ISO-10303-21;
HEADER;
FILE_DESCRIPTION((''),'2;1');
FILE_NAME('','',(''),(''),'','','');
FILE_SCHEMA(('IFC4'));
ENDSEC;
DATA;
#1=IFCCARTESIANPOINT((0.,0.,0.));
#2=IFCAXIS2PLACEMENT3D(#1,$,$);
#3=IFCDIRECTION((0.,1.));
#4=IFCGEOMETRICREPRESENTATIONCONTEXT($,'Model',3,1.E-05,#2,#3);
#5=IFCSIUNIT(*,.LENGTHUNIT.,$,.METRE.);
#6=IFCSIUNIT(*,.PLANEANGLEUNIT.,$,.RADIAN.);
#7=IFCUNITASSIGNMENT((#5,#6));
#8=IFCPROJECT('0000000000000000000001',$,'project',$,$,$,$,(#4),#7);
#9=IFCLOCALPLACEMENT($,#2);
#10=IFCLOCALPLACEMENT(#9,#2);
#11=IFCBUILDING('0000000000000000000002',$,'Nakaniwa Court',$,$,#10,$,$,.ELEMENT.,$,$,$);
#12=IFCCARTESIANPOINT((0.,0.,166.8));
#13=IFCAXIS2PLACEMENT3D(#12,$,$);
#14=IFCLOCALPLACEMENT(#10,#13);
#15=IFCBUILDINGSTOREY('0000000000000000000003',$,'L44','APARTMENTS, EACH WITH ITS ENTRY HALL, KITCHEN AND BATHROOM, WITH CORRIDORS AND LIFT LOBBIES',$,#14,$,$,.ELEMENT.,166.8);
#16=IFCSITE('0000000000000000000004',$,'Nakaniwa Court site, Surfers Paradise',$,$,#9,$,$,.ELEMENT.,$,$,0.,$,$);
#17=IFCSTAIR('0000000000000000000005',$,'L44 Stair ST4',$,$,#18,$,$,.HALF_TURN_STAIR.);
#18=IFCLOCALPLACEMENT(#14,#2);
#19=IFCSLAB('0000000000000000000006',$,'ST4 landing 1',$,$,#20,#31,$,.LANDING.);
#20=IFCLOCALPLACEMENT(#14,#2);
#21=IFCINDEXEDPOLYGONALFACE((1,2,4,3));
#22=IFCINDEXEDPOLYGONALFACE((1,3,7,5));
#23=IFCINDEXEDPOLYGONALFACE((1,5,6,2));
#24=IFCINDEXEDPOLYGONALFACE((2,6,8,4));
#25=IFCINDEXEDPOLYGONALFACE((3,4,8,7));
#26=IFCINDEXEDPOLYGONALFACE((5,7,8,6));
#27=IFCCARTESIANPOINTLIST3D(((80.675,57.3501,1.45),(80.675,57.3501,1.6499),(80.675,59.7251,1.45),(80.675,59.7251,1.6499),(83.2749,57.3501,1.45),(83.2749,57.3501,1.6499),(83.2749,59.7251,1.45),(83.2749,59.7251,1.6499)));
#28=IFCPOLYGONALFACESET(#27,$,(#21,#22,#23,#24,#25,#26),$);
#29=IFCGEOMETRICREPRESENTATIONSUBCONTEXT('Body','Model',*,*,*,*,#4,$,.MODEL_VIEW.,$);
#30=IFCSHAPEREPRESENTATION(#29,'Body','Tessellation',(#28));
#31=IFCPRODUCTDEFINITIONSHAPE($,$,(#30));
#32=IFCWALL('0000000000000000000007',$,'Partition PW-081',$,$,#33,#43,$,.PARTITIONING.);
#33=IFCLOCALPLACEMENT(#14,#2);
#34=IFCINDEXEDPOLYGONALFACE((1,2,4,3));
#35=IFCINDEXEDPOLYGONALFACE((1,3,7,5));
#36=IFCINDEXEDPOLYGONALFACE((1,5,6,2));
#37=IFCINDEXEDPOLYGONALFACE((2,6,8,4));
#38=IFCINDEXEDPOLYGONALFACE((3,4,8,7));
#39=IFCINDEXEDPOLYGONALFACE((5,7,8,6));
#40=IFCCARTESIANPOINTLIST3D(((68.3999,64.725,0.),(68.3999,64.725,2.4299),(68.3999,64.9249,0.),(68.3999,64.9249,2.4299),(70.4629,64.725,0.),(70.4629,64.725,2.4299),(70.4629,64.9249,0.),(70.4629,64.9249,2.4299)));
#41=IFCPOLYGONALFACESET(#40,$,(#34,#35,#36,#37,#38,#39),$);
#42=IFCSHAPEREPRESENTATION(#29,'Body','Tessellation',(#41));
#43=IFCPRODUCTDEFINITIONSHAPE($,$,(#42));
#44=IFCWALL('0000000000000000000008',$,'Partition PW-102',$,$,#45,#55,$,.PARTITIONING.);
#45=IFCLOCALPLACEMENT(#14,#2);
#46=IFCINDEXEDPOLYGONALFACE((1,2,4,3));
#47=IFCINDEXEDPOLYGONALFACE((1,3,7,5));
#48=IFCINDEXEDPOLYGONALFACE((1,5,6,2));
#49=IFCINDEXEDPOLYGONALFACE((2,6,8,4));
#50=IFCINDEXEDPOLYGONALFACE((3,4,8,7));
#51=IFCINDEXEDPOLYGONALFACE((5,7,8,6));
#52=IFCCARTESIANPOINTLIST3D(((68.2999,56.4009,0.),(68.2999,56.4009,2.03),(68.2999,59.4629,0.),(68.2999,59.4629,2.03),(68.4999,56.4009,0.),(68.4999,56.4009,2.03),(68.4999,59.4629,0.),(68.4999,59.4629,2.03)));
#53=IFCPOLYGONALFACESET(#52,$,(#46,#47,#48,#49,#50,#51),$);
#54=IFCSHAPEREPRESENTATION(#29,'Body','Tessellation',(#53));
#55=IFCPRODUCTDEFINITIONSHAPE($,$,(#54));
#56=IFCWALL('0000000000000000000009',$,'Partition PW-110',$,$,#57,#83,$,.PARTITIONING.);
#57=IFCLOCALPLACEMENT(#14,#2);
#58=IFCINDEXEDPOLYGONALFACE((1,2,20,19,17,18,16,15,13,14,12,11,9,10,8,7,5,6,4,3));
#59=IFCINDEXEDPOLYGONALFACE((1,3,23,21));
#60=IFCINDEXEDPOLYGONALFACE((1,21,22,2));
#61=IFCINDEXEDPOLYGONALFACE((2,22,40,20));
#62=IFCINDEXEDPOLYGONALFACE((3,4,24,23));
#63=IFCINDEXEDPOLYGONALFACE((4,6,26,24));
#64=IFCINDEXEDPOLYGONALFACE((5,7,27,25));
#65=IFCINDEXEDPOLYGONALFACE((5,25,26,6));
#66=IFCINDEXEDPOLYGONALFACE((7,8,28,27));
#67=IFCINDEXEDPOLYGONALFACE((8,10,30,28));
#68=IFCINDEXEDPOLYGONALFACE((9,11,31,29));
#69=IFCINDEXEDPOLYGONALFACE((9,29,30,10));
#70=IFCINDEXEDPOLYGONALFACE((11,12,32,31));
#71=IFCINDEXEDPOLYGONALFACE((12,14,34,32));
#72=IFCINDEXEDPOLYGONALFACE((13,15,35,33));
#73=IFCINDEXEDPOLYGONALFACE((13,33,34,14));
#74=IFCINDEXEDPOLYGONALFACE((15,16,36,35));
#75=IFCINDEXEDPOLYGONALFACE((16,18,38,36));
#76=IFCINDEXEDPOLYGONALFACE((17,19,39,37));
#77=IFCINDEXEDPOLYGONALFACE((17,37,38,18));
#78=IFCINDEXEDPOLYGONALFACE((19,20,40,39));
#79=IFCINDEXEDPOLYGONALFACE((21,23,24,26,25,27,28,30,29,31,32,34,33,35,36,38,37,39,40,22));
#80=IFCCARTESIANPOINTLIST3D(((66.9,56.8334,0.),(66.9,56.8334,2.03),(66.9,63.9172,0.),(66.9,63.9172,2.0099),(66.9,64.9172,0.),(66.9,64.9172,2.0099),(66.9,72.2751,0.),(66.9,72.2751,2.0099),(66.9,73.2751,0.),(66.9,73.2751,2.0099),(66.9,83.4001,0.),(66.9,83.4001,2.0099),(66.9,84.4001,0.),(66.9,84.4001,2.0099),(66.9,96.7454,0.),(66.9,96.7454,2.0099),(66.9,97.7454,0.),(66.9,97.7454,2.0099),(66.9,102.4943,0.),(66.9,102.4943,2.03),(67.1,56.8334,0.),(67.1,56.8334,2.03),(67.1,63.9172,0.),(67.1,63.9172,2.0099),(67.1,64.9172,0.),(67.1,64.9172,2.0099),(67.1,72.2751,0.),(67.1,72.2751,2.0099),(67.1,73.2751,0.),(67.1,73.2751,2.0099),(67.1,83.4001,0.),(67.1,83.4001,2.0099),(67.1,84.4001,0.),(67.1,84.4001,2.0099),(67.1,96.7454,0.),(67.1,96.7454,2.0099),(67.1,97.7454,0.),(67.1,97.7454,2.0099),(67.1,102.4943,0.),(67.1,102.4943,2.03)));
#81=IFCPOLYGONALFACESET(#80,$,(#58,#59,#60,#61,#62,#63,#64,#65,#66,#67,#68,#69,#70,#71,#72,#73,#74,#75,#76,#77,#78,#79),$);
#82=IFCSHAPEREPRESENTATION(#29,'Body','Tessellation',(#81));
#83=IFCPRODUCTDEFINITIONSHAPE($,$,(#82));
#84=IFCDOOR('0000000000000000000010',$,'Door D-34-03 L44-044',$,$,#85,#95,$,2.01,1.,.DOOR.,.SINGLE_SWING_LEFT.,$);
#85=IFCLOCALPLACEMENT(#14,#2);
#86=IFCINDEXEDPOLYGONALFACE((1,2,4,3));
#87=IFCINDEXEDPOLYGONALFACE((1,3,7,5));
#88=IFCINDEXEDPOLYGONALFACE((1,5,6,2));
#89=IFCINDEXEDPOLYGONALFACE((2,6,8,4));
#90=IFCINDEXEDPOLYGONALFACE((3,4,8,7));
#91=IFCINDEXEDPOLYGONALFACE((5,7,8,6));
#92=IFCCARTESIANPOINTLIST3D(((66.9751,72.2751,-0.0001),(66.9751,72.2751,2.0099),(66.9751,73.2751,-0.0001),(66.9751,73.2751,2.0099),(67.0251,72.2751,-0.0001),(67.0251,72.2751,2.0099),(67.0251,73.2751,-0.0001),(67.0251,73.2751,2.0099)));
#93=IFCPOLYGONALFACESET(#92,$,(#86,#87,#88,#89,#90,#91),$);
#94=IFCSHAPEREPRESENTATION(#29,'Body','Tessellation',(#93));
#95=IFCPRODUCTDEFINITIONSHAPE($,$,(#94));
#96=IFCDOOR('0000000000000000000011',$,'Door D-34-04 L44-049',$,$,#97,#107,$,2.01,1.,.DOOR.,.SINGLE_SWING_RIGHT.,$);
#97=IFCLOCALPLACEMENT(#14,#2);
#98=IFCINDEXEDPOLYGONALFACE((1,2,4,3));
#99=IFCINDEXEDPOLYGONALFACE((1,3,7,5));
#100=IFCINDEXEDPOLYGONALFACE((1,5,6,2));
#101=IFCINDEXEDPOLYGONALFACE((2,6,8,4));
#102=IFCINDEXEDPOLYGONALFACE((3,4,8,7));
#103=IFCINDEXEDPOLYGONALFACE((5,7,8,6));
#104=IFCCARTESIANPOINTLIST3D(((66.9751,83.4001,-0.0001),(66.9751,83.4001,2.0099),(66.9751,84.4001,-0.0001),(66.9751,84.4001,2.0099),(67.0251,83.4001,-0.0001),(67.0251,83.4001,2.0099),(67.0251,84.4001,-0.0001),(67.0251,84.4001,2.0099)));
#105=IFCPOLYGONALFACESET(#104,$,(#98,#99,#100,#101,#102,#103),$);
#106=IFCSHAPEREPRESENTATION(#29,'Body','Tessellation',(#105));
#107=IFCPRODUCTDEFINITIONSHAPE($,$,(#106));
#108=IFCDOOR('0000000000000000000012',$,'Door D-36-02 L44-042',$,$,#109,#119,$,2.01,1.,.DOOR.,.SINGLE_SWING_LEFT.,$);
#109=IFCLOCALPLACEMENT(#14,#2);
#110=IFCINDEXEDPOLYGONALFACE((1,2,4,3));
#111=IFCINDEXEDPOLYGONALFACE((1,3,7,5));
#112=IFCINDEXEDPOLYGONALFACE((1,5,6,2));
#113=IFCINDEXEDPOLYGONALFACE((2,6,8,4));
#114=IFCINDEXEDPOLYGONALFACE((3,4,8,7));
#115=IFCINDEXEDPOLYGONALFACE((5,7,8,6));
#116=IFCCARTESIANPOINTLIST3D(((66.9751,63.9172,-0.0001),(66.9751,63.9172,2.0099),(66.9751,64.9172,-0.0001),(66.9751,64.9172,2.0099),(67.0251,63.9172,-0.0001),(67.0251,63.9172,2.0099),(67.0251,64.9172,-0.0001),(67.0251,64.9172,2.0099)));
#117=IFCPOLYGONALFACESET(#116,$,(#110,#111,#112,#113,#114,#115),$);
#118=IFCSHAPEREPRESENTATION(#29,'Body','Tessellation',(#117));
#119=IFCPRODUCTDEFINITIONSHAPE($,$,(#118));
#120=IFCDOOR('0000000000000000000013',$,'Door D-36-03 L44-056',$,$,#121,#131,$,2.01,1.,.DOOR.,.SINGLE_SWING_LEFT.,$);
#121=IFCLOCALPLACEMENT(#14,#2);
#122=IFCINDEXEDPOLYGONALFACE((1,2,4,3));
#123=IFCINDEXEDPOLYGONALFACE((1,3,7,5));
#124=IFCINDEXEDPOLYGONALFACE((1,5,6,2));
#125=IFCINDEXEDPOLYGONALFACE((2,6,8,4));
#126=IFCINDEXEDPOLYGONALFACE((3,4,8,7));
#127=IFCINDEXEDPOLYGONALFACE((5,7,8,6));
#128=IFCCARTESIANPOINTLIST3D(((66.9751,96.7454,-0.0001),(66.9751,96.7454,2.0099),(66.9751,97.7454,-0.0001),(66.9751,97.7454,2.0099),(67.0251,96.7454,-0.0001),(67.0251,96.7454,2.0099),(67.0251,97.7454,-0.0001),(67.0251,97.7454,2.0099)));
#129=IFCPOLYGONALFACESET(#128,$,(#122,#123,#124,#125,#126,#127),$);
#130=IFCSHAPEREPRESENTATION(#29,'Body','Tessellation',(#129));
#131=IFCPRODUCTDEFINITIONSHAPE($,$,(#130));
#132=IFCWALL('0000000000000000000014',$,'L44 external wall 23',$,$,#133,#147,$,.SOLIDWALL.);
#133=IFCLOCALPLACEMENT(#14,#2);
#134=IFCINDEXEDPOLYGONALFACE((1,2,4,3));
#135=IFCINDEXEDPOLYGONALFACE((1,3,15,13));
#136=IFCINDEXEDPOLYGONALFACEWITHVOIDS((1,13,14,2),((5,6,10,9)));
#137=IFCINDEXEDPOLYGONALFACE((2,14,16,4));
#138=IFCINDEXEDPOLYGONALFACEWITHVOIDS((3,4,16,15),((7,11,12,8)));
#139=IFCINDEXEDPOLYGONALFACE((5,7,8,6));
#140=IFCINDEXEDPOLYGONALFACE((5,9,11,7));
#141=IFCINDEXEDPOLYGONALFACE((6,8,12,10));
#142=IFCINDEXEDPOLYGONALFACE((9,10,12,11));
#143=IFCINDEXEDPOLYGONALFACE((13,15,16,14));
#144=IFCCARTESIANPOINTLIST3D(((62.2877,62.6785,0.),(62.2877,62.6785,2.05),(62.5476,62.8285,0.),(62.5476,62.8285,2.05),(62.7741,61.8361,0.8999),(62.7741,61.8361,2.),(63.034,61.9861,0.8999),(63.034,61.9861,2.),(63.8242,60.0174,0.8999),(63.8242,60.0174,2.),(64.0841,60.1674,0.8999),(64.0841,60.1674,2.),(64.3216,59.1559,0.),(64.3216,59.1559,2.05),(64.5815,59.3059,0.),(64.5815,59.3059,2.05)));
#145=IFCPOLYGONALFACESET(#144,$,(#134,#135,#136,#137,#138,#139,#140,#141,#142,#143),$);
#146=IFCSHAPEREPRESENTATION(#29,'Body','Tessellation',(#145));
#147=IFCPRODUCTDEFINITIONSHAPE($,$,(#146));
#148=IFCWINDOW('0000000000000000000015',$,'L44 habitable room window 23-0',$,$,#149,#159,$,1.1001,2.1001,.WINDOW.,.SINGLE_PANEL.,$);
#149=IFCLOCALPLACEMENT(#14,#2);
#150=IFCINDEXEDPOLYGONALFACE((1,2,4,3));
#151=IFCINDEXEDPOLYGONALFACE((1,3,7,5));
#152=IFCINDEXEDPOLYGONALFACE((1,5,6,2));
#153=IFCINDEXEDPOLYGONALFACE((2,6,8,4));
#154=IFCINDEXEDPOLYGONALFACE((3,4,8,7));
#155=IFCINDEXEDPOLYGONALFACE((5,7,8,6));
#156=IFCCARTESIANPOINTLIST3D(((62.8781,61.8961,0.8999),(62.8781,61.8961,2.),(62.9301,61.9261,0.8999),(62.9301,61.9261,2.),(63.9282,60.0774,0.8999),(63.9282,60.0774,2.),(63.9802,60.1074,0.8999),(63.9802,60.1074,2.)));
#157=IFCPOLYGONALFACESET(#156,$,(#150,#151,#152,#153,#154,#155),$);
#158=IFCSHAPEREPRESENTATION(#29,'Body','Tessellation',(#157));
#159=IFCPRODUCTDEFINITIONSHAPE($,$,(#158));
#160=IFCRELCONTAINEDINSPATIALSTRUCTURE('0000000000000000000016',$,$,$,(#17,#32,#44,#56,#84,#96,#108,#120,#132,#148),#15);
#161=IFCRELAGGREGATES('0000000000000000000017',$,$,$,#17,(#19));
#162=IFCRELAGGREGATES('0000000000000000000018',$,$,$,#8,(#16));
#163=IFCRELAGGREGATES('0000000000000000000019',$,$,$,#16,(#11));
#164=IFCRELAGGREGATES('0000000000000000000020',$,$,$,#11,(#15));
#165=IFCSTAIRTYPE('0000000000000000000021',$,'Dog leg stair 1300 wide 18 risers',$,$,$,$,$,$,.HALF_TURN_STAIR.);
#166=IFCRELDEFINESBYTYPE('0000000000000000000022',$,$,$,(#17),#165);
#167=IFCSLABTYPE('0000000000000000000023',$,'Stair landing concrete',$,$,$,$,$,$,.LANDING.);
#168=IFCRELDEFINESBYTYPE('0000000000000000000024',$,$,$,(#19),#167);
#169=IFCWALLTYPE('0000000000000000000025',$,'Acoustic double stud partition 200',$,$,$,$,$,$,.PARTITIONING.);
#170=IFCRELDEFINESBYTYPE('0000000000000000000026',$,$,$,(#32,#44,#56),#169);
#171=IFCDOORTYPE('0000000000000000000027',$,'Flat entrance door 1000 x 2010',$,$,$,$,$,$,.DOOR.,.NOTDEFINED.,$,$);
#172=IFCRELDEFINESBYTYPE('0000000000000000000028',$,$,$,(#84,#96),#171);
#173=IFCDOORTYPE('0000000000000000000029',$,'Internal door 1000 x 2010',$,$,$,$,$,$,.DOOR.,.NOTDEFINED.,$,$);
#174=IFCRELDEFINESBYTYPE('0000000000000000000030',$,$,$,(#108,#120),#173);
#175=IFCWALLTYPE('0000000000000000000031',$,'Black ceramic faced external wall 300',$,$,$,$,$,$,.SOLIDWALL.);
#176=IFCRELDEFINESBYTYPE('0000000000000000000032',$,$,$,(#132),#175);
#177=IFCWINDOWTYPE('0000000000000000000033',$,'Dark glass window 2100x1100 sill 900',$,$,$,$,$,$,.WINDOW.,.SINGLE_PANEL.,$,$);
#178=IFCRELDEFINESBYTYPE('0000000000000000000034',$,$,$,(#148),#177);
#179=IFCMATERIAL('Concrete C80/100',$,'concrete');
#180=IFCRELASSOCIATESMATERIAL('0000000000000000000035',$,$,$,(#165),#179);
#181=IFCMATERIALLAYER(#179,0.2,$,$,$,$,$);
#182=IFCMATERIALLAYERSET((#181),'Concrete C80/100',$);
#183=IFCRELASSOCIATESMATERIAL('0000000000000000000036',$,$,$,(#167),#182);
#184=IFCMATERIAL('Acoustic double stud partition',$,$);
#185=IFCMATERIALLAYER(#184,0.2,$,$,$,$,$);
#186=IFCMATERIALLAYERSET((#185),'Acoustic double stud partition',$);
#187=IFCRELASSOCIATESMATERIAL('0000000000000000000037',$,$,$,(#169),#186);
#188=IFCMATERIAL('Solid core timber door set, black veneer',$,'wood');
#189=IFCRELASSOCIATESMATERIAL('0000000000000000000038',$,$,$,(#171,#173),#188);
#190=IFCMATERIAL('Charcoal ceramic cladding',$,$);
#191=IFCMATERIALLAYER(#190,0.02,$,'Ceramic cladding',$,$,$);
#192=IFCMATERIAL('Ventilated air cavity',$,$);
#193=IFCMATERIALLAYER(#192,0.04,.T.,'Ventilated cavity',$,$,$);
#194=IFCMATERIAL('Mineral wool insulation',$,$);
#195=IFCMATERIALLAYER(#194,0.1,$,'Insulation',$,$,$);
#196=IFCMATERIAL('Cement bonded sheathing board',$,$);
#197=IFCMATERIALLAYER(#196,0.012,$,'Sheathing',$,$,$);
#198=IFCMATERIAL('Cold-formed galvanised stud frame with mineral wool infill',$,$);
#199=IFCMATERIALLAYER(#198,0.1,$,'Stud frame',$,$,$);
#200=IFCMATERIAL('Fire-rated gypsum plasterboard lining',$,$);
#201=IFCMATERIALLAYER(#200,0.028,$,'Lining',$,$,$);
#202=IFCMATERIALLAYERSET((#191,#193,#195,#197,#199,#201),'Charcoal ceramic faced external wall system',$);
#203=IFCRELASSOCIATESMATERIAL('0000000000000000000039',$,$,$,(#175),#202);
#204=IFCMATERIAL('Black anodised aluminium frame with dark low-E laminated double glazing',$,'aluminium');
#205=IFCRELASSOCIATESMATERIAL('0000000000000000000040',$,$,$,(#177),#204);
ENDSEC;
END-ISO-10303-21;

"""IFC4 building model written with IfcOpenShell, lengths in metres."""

from ifc_helpers import new_model, si_unit, direction, frame, frame_2d, origin, place, context, subcontext, project, spatial, polyline, rectangle, outline, extrude, material, layer, layer_set, type_object, element, fill, aggregate, save


model = new_model("IFC4")

# Units and contexts
model_context = context("Model", 3, precision=1e-05, world=origin(), true_north=direction((0.0, 1.0)))
body_context = subcontext(model_context, "Body", "Model", "MODEL_VIEW")
ifc_project = project(units=[si_unit("LENGTHUNIT", "METRE"), si_unit("PLANEANGLEUNIT", "RADIAN")], contexts=[model_context])

# Site, building, storey
site_placement = place(None, origin())
site = spatial("IfcSite", under=ifc_project, at=site_placement, Name="Nakaniwa Court site, Surfers Paradise", CompositionType="ELEMENT", RefElevation=0.0)
building_placement = place(site_placement, origin())
building = spatial("IfcBuilding", under=site, at=building_placement, Name="Nakaniwa Court", CompositionType="ELEMENT")
storey_placement = place(building_placement, frame((0.0, 0.0, 166.8)))
storey = spatial("IfcBuildingStorey", under=building, at=storey_placement, Name="L44", Description="APARTMENTS, EACH WITH ITS ENTRY HALL, KITCHEN AND BATHROOM, WITH CORRIDORS AND LIFT LOBBIES", CompositionType="ELEMENT", Elevation=166.8)

# Shared definitions
ifc_material_1 = material(Name="Concrete C80/100", Category="concrete")

# Stair, slab
stair_type = type_object("IfcStairType", Name="Dog leg stair 1300 wide 18 risers", PredefinedType="HALF_TURN_STAIR", material=ifc_material_1)
ifc_layer_1 = layer(ifc_material_1, 0.2)
ifc_layer_set_1 = layer_set([ifc_layer_1], Name="Concrete C80/100")
slab_type_1 = type_object("IfcSlabType", Name="Stair landing concrete", PredefinedType="LANDING", material=ifc_layer_set_1)
stair_1_placement = place(storey_placement, origin())
stair_1 = element("IfcStair", 1, at=stair_1_placement, inside=storey, type_object=stair_type, Name="L44 Stair ST4", PredefinedType="HALF_TURN_STAIR")
slab_1_placement = place(storey_placement, frame((0.0, 0.0, 1.45)))
slab_1 = element("IfcSlab", 2, at=slab_1_placement, type_object=slab_type_1, Name="ST4 landing 1", PredefinedType="LANDING", context=body_context, shape_type="SweptSolid", body=[
    extrude(outline(polyline([(83.2749, 57.3501), (83.2749, 59.7251), (80.675, 59.7251), (80.675, 57.3501), (83.2749, 57.3501)])), origin(), (0.0, 0.0, 1.0), 0.2),
])
aggregate(stair_1, [slab_1])

# Walls
ifc_material_2 = material(Name="Acoustic double stud partition")
ifc_layer_2 = layer(ifc_material_2, 0.2)
ifc_layer_set_2 = layer_set([ifc_layer_2], Name="Acoustic double stud partition")
wall_type_1 = type_object("IfcWallType", Name="Acoustic double stud partition 200", PredefinedType="PARTITIONING", material=ifc_layer_set_2)
wall_1_placement = place(storey_placement, frame((68.3999, 64.825, 0.0), z_axis=(0.0, 0.0, 1.0), x_axis=(1.0, 0.0, 0.0)))
element("IfcWall", 3, at=wall_1_placement, inside=storey, type_object=wall_type_1, Name="Partition PW-081", PredefinedType="PARTITIONING", context=body_context, shape_type="SweptSolid", body=[
    extrude(rectangle(XDim=2.063, YDim=0.2, at=frame_2d((1.0315, 0.0))), origin(), (0.0, 0.0, 1.0), 2.4299),
])
wall_2_placement = place(storey_placement, frame((68.3999, 56.4009, 0.0), z_axis=(0.0, 0.0, 1.0), x_axis=(0.0, 1.0, 0.0)))
element("IfcWall", 4, at=wall_2_placement, inside=storey, type_object=wall_type_1, Name="Partition PW-102", PredefinedType="PARTITIONING", context=body_context, shape_type="SweptSolid", body=[
    extrude(rectangle(XDim=3.062, YDim=0.2, at=frame_2d((1.531, 0.0))), origin(), (0.0, 0.0, 1.0), 2.03),
])

# Wall, openings, doors
wall_3_placement = place(storey_placement, frame((67.0, 56.8333, 0.0), z_axis=(0.0, 0.0, 1.0), x_axis=(0.0, 1.0, 0.0)))
wall_3 = element("IfcWall", 5, at=wall_3_placement, inside=storey, type_object=wall_type_1, Name="Partition PW-110", PredefinedType="PARTITIONING", context=body_context, shape_type="SweptSolid", body=[
    extrude(rectangle(XDim=45.6609, YDim=0.2, at=frame_2d((22.8306, 0.0))), origin(), (0.0, 0.0, 1.0), 2.03),
])
opening_1_placement = place(wall_3_placement, frame((7.084, 0.0, 0.0)))
opening_1 = element("IfcOpeningElement", 6, at=opening_1_placement, cuts=wall_3, PredefinedType="OPENING", context=body_context, shape_type="SweptSolid", body=[
    extrude(rectangle(XDim=1.0, YDim=2.01, at=frame_2d((0.5, 1.0049))), frame((0.0, 0.1099, 0.0), z_axis=(0.0, -1.0, 0.0), x_axis=(1.0, 0.0, 0.0)), (0.0, 0.0, 1.0), 0.22),
])
opening_2_placement = place(wall_3_placement, frame((15.4419, 0.0, 0.0)))
opening_2 = element("IfcOpeningElement", 7, at=opening_2_placement, cuts=wall_3, PredefinedType="OPENING", context=body_context, shape_type="SweptSolid", body=[
    extrude(rectangle(XDim=1.0, YDim=2.01, at=frame_2d((0.5, 1.0049))), frame((0.0, 0.1099, 0.0), z_axis=(0.0, -1.0, 0.0), x_axis=(1.0, 0.0, 0.0)), (0.0, 0.0, 1.0), 0.22),
])
opening_3_placement = place(wall_3_placement, frame((26.5669, 0.0, 0.0)))
opening_3 = element("IfcOpeningElement", 8, at=opening_3_placement, cuts=wall_3, PredefinedType="OPENING", context=body_context, shape_type="SweptSolid", body=[
    extrude(rectangle(XDim=1.0, YDim=2.01, at=frame_2d((0.5, 1.0049))), frame((0.0, 0.1099, 0.0), z_axis=(0.0, -1.0, 0.0), x_axis=(1.0, 0.0, 0.0)), (0.0, 0.0, 1.0), 0.22),
])
opening_4_placement = place(wall_3_placement, frame((39.9121, 0.0, 0.0)))
opening_4 = element("IfcOpeningElement", 9, at=opening_4_placement, cuts=wall_3, PredefinedType="OPENING", context=body_context, shape_type="SweptSolid", body=[
    extrude(rectangle(XDim=1.0, YDim=2.01, at=frame_2d((0.5, 1.0049))), frame((0.0, 0.1099, 0.0), z_axis=(0.0, -1.0, 0.0), x_axis=(1.0, 0.0, 0.0)), (0.0, 0.0, 1.0), 0.22),
])
ifc_material_3 = material(Name="Solid core timber door set, black veneer", Category="wood")
door_type_1 = type_object("IfcDoorType", Name="Flat entrance door 1000 x 2010", OperationType="NOTDEFINED", PredefinedType="DOOR", material=ifc_material_3)
door_1_placement = place(opening_2_placement, origin())
door_1 = element("IfcDoor", 10, at=door_1_placement, inside=storey, type_object=door_type_1, Name="Door D-34-03 L44-044", OperationType="SINGLE_SWING_LEFT", OverallHeight=2.01, OverallWidth=1.0, PredefinedType="DOOR", context=body_context, shape_type="SweptSolid", body=[
    extrude(rectangle(XDim=1.0, YDim=2.01, at=frame_2d((0.5, 1.0049))), frame((0.0, 0.0249, 0.0), z_axis=(0.0, -1.0, 0.0), x_axis=(1.0, 0.0, 0.0)), (0.0, 0.0, 1.0), 0.05),
])
fill(opening_2, door_1)
door_2_placement = place(opening_3_placement, origin())
door_2 = element("IfcDoor", 11, at=door_2_placement, inside=storey, type_object=door_type_1, Name="Door D-34-04 L44-049", OperationType="SINGLE_SWING_RIGHT", OverallHeight=2.01, OverallWidth=1.0, PredefinedType="DOOR", context=body_context, shape_type="SweptSolid", body=[
    extrude(rectangle(XDim=1.0, YDim=2.01, at=frame_2d((0.5, 1.0049))), frame((0.0, 0.0249, 0.0), z_axis=(0.0, -1.0, 0.0), x_axis=(1.0, 0.0, 0.0)), (0.0, 0.0, 1.0), 0.05),
])
fill(opening_3, door_2)
door_type_2 = type_object("IfcDoorType", Name="Internal door 1000 x 2010", OperationType="NOTDEFINED", PredefinedType="DOOR", material=ifc_material_3)
door_3_placement = place(opening_1_placement, origin())
door_3 = element("IfcDoor", 12, at=door_3_placement, inside=storey, type_object=door_type_2, Name="Door D-36-02 L44-042", OperationType="SINGLE_SWING_LEFT", OverallHeight=2.01, OverallWidth=1.0, PredefinedType="DOOR", context=body_context, shape_type="SweptSolid", body=[
    extrude(rectangle(XDim=1.0, YDim=2.01, at=frame_2d((0.5, 1.0049))), frame((0.0, 0.0249, 0.0), z_axis=(0.0, -1.0, 0.0), x_axis=(1.0, 0.0, 0.0)), (0.0, 0.0, 1.0), 0.05),
])
fill(opening_1, door_3)
door_4_placement = place(opening_4_placement, origin())
door_4 = element("IfcDoor", 13, at=door_4_placement, inside=storey, type_object=door_type_2, Name="Door D-36-03 L44-056", OperationType="SINGLE_SWING_LEFT", OverallHeight=2.01, OverallWidth=1.0, PredefinedType="DOOR", context=body_context, shape_type="SweptSolid", body=[
    extrude(rectangle(XDim=1.0, YDim=2.01, at=frame_2d((0.5, 1.0049))), frame((0.0, 0.0249, 0.0), z_axis=(0.0, -1.0, 0.0), x_axis=(1.0, 0.0, 0.0)), (0.0, 0.0, 1.0), 0.05),
])
fill(opening_4, door_4)

# Wall, opening, window
ifc_material_4 = material(Name="Charcoal ceramic cladding")
ifc_layer_3 = layer(ifc_material_4, 0.02, Name="Ceramic cladding")
ifc_material_5 = material(Name="Ventilated air cavity")
ifc_layer_4 = layer(ifc_material_5, 0.04, ventilated=True, Name="Ventilated cavity")
ifc_material_6 = material(Name="Mineral wool insulation")
ifc_layer_5 = layer(ifc_material_6, 0.1, Name="Insulation")
ifc_material_7 = material(Name="Cement bonded sheathing board")
ifc_layer_6 = layer(ifc_material_7, 0.012, Name="Sheathing")
ifc_material_8 = material(Name="Cold-formed galvanised stud frame with mineral wool infill")
ifc_layer_7 = layer(ifc_material_8, 0.1, Name="Stud frame")
ifc_material_9 = material(Name="Fire-rated gypsum plasterboard lining")
ifc_layer_8 = layer(ifc_material_9, 0.028, Name="Lining")
ifc_layer_set_3 = layer_set([ifc_layer_3, ifc_layer_4, ifc_layer_5, ifc_layer_6, ifc_layer_7, ifc_layer_8], Name="Charcoal ceramic faced external wall system")
wall_type_2 = type_object("IfcWallType", Name="Black ceramic faced external wall 300", PredefinedType="SOLIDWALL", material=ifc_layer_set_3)
wall_4_placement = place(storey_placement, frame((62.4177, 62.7534, 0.0), z_axis=(0.0, 0.0, 1.0), x_axis=(0.500019, -0.866015, 0.0)))
wall_4 = element("IfcWall", 14, at=wall_4_placement, inside=storey, type_object=wall_type_2, Name="L44 external wall 23", PredefinedType="SOLIDWALL", context=body_context, shape_type="SweptSolid", body=[
    extrude(rectangle(XDim=4.0676, YDim=0.3, at=frame_2d((2.0337, 0.0))), origin(), (0.0, 0.0, 1.0), 2.05),
])
opening_5_placement = place(wall_4_placement, frame((0.9727, 0.0, 0.8999)))
opening_5 = element("IfcOpeningElement", 15, at=opening_5_placement, cuts=wall_4, PredefinedType="OPENING", context=body_context, shape_type="SweptSolid", body=[
    extrude(rectangle(XDim=2.1001, YDim=1.1001, at=frame_2d((1.05, 0.55))), frame((0.0, 0.1599, 0.0), z_axis=(0.0, -1.0, 0.0), x_axis=(1.0, 0.0, 0.0)), (0.0, 0.0, 1.0), 0.3201),
])
ifc_material_10 = material(Name="Black anodised aluminium frame with dark low-E laminated double glazing", Category="aluminium")
window_type_1 = type_object("IfcWindowType", Name="Dark glass window 2100x1100 sill 900", PartitioningType="SINGLE_PANEL", PredefinedType="WINDOW", material=ifc_material_10)
window_1_placement = place(opening_5_placement, origin())
window_1 = element("IfcWindow", 16, at=window_1_placement, inside=storey, type_object=window_type_1, Name="L44 habitable room window 23-0", OverallHeight=1.1001, OverallWidth=2.1001, PartitioningType="SINGLE_PANEL", PredefinedType="WINDOW", context=body_context, shape_type="SweptSolid", body=[
    extrude(rectangle(XDim=2.1001, YDim=1.1001, at=frame_2d((1.05, 0.55))), frame((0.0, 0.03, 0.0), z_axis=(0.0, -1.0, 0.0), x_axis=(1.0, 0.0, 0.0)), (0.0, 0.0, 1.0), 0.0601),
])
fill(opening_5, window_1)

save(model, "model.ifc")
